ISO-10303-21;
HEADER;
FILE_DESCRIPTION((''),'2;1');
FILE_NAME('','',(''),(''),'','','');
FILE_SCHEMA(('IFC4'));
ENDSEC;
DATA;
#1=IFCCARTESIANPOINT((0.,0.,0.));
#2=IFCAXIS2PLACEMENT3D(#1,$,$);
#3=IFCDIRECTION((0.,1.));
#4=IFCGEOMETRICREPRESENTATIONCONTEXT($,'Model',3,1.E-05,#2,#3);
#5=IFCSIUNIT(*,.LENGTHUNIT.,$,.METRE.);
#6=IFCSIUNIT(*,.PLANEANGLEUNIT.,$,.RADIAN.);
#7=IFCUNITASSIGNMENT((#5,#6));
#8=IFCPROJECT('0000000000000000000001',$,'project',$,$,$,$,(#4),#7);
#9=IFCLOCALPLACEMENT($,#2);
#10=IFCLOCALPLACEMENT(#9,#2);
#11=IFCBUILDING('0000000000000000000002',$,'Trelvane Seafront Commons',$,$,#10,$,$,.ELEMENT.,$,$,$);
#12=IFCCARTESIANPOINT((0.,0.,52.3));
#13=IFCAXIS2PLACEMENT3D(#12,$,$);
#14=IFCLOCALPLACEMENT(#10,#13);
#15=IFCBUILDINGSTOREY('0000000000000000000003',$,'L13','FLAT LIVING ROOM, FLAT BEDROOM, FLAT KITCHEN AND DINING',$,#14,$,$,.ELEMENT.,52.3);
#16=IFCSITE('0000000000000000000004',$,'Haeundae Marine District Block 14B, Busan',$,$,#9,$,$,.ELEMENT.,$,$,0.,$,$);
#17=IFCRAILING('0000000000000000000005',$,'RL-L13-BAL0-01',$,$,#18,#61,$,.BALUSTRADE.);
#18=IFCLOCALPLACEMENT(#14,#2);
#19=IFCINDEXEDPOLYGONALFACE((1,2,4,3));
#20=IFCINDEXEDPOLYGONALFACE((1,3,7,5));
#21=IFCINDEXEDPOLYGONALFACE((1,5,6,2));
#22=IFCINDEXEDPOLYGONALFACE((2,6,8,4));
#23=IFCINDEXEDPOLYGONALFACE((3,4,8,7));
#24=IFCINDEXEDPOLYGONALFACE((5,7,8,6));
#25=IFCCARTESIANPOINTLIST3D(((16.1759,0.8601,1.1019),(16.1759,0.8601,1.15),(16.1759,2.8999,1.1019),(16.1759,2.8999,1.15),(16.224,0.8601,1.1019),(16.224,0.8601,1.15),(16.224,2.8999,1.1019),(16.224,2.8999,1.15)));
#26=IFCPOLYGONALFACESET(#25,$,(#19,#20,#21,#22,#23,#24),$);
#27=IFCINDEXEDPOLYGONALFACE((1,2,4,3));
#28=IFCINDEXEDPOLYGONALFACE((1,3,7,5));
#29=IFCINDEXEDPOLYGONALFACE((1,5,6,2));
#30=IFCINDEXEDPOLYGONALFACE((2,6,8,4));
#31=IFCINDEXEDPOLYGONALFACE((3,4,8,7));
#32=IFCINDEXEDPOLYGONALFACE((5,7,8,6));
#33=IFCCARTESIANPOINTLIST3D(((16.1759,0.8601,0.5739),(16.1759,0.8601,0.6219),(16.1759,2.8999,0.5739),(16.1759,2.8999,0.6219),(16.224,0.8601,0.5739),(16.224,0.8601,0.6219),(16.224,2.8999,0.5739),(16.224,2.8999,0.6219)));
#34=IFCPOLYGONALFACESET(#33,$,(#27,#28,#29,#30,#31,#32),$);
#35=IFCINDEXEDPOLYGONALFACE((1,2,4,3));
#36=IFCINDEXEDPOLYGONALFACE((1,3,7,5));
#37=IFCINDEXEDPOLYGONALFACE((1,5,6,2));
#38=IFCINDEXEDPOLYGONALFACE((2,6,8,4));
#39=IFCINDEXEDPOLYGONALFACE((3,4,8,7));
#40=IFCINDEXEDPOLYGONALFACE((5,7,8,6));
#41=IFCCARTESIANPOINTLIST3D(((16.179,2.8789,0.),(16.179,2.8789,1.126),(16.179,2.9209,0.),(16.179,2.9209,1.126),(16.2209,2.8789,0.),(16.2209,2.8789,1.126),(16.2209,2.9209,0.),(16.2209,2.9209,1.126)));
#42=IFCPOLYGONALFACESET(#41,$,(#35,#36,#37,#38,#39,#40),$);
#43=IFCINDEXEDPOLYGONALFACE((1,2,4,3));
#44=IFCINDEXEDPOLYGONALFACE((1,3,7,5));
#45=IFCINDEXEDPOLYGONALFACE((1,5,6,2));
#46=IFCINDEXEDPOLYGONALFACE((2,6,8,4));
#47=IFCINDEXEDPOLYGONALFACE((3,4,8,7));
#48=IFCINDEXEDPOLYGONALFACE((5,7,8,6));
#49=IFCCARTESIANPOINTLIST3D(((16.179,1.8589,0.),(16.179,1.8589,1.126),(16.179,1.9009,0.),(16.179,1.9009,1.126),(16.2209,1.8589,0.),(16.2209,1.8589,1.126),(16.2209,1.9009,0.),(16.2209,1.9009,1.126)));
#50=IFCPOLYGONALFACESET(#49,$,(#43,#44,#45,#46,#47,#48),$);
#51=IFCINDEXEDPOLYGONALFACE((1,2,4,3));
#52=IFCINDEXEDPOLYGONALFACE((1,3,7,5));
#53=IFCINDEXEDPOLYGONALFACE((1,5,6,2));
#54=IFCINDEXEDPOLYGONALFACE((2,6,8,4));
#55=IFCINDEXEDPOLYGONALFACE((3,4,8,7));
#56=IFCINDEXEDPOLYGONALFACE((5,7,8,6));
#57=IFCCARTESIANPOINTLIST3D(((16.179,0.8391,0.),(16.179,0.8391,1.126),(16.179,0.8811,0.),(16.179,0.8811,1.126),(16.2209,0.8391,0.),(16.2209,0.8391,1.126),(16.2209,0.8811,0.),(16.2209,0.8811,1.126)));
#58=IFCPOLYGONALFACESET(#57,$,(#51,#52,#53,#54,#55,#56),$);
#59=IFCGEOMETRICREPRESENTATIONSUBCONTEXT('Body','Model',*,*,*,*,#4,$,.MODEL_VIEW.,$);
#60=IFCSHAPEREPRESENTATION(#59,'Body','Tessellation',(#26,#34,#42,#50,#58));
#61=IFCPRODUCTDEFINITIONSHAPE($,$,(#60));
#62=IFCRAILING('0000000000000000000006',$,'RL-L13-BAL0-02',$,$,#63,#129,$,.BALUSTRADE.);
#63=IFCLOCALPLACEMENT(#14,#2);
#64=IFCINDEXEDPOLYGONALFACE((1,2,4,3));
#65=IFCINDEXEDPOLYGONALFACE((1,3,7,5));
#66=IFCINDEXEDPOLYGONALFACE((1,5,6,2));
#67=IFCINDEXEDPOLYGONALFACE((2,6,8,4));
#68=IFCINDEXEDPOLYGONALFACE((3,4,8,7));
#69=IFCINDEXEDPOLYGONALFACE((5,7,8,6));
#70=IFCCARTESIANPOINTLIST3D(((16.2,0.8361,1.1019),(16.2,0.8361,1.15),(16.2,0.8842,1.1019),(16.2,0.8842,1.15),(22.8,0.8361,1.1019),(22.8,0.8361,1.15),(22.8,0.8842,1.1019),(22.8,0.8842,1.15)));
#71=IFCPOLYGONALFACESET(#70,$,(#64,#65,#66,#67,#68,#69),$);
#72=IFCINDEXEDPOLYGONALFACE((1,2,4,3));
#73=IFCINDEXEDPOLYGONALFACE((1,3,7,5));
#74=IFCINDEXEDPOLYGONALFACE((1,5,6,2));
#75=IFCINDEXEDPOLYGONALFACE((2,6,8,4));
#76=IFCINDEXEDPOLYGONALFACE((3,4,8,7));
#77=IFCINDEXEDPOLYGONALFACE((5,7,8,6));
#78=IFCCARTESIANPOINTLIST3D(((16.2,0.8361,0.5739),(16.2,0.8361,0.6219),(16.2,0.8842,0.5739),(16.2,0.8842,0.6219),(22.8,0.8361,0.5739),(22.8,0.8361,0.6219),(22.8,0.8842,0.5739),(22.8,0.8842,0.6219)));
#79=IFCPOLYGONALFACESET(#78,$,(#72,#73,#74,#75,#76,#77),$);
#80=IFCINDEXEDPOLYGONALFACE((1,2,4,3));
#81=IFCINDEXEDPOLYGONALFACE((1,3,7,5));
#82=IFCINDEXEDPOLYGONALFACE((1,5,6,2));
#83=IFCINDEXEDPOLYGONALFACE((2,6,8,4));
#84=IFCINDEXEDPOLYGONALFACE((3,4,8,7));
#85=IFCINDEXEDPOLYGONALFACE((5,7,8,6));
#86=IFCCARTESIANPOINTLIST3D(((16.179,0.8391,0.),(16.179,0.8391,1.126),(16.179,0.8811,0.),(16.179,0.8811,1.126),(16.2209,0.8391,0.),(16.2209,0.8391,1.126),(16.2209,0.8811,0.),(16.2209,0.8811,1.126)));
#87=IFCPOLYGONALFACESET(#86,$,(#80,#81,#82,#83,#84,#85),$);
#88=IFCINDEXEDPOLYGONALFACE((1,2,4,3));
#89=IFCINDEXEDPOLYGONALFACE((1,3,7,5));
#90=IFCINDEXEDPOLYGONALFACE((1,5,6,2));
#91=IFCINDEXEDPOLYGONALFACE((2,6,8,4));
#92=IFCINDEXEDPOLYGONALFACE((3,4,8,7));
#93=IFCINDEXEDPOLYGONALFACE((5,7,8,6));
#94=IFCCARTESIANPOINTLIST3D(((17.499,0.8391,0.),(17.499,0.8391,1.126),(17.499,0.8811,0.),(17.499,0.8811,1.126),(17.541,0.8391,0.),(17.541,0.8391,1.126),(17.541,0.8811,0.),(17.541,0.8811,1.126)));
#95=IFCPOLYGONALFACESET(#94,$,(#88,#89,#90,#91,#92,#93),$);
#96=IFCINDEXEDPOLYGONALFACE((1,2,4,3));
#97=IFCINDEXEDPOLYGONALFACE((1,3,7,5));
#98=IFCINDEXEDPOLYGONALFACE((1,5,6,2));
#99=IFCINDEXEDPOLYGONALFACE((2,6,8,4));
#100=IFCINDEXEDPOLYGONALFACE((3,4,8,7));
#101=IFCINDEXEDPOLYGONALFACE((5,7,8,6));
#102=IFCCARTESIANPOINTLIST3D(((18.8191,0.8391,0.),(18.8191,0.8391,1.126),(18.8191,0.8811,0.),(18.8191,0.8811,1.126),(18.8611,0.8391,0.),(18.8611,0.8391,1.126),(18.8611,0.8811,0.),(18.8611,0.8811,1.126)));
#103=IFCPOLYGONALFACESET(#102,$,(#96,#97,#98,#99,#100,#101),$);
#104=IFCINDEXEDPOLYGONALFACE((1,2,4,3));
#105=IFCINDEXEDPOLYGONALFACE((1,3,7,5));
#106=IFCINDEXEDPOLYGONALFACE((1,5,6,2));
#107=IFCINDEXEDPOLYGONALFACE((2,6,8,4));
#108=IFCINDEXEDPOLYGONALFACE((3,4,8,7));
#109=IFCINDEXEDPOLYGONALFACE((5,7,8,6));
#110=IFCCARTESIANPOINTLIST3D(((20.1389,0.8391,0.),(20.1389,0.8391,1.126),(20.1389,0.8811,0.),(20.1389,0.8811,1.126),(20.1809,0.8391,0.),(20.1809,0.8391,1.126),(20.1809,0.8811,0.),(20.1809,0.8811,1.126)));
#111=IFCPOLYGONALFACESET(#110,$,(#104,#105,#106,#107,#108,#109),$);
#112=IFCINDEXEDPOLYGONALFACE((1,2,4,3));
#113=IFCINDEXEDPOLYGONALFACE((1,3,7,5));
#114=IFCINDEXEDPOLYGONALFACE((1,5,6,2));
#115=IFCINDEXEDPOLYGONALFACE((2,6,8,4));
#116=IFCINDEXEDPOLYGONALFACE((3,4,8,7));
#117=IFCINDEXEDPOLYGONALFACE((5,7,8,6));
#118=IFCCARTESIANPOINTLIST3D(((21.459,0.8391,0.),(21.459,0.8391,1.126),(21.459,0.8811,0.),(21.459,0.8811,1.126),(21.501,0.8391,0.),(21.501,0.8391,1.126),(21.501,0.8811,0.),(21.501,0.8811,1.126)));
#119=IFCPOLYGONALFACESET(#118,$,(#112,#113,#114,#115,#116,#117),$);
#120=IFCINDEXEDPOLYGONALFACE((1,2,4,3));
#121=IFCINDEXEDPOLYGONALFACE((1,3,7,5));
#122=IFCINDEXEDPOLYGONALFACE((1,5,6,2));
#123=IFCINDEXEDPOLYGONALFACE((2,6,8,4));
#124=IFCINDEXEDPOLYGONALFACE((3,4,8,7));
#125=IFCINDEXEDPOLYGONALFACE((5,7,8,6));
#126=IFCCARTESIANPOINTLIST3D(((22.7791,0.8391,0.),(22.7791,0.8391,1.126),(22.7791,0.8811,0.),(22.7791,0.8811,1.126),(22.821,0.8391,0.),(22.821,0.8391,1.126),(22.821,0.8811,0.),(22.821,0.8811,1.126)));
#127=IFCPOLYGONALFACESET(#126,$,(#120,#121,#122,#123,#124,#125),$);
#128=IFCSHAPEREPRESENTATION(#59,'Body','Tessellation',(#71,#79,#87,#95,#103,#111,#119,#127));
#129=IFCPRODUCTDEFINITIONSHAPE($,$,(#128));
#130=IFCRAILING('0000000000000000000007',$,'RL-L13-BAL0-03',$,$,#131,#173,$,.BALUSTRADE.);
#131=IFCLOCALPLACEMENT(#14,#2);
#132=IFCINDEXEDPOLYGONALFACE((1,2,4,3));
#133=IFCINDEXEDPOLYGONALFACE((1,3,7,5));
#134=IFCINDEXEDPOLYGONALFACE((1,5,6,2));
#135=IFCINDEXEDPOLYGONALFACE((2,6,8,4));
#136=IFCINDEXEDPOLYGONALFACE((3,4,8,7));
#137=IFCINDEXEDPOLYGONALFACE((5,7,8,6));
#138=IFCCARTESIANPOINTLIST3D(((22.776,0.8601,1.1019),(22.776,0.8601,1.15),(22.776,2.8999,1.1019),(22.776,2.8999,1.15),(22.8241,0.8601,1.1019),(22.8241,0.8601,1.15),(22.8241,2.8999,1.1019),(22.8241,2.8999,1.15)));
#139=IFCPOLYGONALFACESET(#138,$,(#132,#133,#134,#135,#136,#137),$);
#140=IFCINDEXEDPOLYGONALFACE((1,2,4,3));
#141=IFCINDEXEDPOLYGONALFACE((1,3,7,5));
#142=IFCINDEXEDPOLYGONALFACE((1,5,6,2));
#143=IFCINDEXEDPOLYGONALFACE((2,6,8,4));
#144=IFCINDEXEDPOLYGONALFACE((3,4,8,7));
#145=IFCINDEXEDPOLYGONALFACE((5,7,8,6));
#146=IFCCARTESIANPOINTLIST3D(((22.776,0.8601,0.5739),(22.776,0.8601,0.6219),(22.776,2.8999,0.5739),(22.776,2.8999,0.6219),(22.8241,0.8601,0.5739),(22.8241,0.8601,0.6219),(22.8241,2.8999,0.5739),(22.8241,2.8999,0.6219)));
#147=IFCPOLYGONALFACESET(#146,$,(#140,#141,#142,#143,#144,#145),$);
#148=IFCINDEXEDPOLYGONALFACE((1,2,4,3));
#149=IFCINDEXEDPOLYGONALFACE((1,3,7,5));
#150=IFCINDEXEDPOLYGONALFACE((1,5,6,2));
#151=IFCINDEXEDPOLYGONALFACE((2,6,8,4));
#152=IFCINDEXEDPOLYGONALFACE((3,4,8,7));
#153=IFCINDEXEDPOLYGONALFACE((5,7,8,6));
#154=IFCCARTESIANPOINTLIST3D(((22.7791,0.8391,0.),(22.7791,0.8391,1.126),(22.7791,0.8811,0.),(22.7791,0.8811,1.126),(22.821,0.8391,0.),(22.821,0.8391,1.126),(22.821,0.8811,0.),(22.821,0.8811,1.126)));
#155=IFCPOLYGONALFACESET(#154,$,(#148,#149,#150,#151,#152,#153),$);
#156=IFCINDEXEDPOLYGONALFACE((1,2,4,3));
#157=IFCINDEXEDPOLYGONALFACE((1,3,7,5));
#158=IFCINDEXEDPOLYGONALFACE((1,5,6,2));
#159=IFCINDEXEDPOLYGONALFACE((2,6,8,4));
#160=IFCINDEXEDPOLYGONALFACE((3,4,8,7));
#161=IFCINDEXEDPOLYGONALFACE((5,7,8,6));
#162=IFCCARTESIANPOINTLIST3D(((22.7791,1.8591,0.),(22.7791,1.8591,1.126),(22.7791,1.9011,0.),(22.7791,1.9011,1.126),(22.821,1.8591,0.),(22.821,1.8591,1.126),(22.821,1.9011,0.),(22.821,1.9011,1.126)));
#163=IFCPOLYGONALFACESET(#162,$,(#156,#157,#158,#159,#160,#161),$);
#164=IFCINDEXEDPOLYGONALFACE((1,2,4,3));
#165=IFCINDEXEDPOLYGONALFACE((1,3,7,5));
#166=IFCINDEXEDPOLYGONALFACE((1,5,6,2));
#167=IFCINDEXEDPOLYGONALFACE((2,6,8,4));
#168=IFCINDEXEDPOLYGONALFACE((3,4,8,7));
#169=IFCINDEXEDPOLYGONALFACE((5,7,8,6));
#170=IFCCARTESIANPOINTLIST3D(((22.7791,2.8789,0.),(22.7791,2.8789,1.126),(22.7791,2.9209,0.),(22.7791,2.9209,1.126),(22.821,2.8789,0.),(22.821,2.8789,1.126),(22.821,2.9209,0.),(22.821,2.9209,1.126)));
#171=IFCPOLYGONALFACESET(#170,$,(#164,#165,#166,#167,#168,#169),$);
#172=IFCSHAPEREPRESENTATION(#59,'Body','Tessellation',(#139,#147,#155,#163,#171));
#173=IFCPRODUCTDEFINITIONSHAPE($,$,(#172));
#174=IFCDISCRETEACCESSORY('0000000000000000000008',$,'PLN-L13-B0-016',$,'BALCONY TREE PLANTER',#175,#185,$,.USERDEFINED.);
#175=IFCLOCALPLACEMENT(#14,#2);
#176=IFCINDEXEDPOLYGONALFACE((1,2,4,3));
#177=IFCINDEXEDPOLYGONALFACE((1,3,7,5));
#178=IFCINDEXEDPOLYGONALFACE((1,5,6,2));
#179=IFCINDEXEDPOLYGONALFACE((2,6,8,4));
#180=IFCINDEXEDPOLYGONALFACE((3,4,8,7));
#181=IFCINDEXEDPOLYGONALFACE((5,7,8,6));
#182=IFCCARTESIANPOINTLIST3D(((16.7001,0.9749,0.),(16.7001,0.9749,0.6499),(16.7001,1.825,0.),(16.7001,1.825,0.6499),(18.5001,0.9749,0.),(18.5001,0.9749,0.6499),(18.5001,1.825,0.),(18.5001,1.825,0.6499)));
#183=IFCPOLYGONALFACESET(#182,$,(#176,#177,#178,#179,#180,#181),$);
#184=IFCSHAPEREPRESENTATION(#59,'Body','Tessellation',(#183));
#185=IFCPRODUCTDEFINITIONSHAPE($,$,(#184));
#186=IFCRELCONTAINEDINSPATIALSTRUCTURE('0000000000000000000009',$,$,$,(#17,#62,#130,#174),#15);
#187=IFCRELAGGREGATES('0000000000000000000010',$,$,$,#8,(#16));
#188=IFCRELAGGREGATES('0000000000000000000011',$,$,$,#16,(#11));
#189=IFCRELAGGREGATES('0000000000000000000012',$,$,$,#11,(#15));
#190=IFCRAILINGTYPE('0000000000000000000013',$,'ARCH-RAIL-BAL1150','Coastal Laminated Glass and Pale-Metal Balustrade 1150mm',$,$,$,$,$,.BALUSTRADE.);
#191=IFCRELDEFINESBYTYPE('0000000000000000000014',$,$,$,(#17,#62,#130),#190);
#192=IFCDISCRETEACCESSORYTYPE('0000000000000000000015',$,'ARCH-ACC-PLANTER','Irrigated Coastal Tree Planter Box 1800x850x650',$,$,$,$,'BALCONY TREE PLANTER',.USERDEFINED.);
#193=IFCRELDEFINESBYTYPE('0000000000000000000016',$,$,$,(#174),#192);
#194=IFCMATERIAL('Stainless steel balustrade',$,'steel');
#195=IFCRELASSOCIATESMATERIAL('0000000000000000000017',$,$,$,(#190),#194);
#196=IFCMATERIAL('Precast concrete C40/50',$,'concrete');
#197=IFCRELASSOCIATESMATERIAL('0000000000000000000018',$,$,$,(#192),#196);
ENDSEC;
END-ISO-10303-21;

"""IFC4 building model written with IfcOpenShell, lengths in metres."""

from ifc_helpers import new_model, si_unit, direction, frame, origin, origin_2d, place, context, subcontext, project, spatial, rectangle, extrude, source, transform, mapped, material, type_object, element, save


model = new_model("IFC4")

# Units and contexts
model_context = context("Model", 3, precision=1e-05, world=origin(), true_north=direction((0.0, 1.0)))
body_context = subcontext(model_context, "Body", "Model", "MODEL_VIEW")
ifc_project = project(units=[si_unit("LENGTHUNIT", "METRE"), si_unit("PLANEANGLEUNIT", "RADIAN")], contexts=[model_context])

# Site, building, storey
site_placement = place(None, origin())
site = spatial("IfcSite", under=ifc_project, at=site_placement, Name="Haeundae Marine District Block 14B, Busan", CompositionType="ELEMENT", RefElevation=0.0)
building_placement = place(site_placement, origin())
building = spatial("IfcBuilding", under=site, at=building_placement, Name="Trelvane Seafront Commons", CompositionType="ELEMENT")
storey_placement = place(building_placement, frame((0.0, 0.0, 52.3)))
storey = spatial("IfcBuildingStorey", under=building, at=storey_placement, Name="L13", Description="FLAT LIVING ROOM, FLAT BEDROOM, FLAT KITCHEN AND DINING", CompositionType="ELEMENT", Elevation=52.3)

# Railings
ifc_material_1 = material(Name="Stainless steel balustrade", Category="steel")
railing_type = type_object("IfcRailingType", Name="ARCH-RAIL-BAL1150", Description="Coastal Laminated Glass and Pale-Metal Balustrade 1150mm", PredefinedType="BALUSTRADE", material=ifc_material_1)
railing_1_placement = place(storey_placement, frame((16.2, 2.8999, 0.0)))
element("IfcRailing", 1, at=railing_1_placement, inside=storey, type_object=railing_type, Name="RL-L13-BAL0-01", PredefinedType="BALUSTRADE", context=body_context, shape_type="SweptSolid", body=[
    extrude(rectangle(XDim=0.0481, YDim=0.0481, at=origin_2d()), frame((0.0, 0.0, 1.126), z_axis=(0.0, -1.0, 0.0), x_axis=(1.0, 0.0, 0.0)), (0.0, 0.0, 1.0), 2.0398),
    extrude(rectangle(XDim=0.0481, YDim=0.0481, at=origin_2d()), frame((0.0, 0.0, 0.5979), z_axis=(0.0, -1.0, 0.0), x_axis=(1.0, 0.0, 0.0)), (0.0, 0.0, 1.0), 2.0398),
    extrude(rectangle(XDim=0.042, YDim=0.042, at=origin_2d()), origin(), (0.0, 0.0, 1.0), 1.126),
    extrude(rectangle(XDim=0.042, YDim=0.042, at=origin_2d()), frame((0.0, -1.02, 0.0)), (0.0, 0.0, 1.0), 1.126),
    extrude(rectangle(XDim=0.042, YDim=0.042, at=origin_2d()), frame((0.0, -2.0398, 0.0)), (0.0, 0.0, 1.0), 1.126),
])
railing_2_placement = place(storey_placement, frame((16.2, 0.8601, 0.0)))
element("IfcRailing", 2, at=railing_2_placement, inside=storey, type_object=railing_type, Name="RL-L13-BAL0-02", PredefinedType="BALUSTRADE", context=body_context, shape_type="SweptSolid", body=[
    extrude(rectangle(XDim=0.0481, YDim=0.0481, at=origin_2d()), frame((0.0, 0.0, 1.126), z_axis=(1.0, 0.0, 0.0), x_axis=(0.0, 1.0, 0.0)), (0.0, 0.0, 1.0), 6.6001),
    extrude(rectangle(XDim=0.0481, YDim=0.0481, at=origin_2d()), frame((0.0, 0.0, 0.5979), z_axis=(1.0, 0.0, 0.0), x_axis=(0.0, 1.0, 0.0)), (0.0, 0.0, 1.0), 6.6001),
    extrude(rectangle(XDim=0.042, YDim=0.042, at=origin_2d()), origin(), (0.0, 0.0, 1.0), 1.126),
    extrude(rectangle(XDim=0.042, YDim=0.042, at=origin_2d()), frame((1.3201, 0.0, 0.0)), (0.0, 0.0, 1.0), 1.126),
    extrude(rectangle(XDim=0.042, YDim=0.042, at=origin_2d()), frame((2.6401, 0.0, 0.0)), (0.0, 0.0, 1.0), 1.126),
    extrude(rectangle(XDim=0.042, YDim=0.042, at=origin_2d()), frame((3.96, 0.0, 0.0)), (0.0, 0.0, 1.0), 1.126),
    extrude(rectangle(XDim=0.042, YDim=0.042, at=origin_2d()), frame((5.28, 0.0, 0.0)), (0.0, 0.0, 1.0), 1.126),
    extrude(rectangle(XDim=0.042, YDim=0.042, at=origin_2d()), frame((6.6001, 0.0, 0.0)), (0.0, 0.0, 1.0), 1.126),
])
railing_3_placement = place(storey_placement, frame((22.8, 0.8601, 0.0)))
element("IfcRailing", 3, at=railing_3_placement, inside=storey, type_object=railing_type, Name="RL-L13-BAL0-03", PredefinedType="BALUSTRADE", context=body_context, shape_type="SweptSolid", body=[
    extrude(rectangle(XDim=0.0481, YDim=0.0481, at=origin_2d()), frame((0.0, 0.0, 1.126), z_axis=(0.0, 1.0, 0.0), x_axis=(-1.0, 0.0, 0.0)), (0.0, 0.0, 1.0), 2.0398),
    extrude(rectangle(XDim=0.0481, YDim=0.0481, at=origin_2d()), frame((0.0, 0.0, 0.5979), z_axis=(0.0, 1.0, 0.0), x_axis=(-1.0, 0.0, 0.0)), (0.0, 0.0, 1.0), 2.0398),
    extrude(rectangle(XDim=0.042, YDim=0.042, at=origin_2d()), origin(), (0.0, 0.0, 1.0), 1.126),
    extrude(rectangle(XDim=0.042, YDim=0.042, at=origin_2d()), frame((0.0, 1.02, 0.0)), (0.0, 0.0, 1.0), 1.126),
    extrude(rectangle(XDim=0.042, YDim=0.042, at=origin_2d()), frame((0.0, 2.0398, 0.0)), (0.0, 0.0, 1.0), 1.126),
])

# Discrete accessory
ifc_material_2 = material(Name="Precast concrete C40/50", Category="concrete")
discrete_accessory_type = type_object("IfcDiscreteAccessoryType", Name="ARCH-ACC-PLANTER", Description="Irrigated Coastal Tree Planter Box 1800x850x650", ElementType="BALCONY TREE PLANTER", PredefinedType="USERDEFINED", material=ifc_material_2)
shared_shape_1 = source(origin(), body_context, "Body", "SweptSolid", [
    extrude(rectangle(XDim=1.8, YDim=0.8501, at=origin_2d()), origin(), (0.0, 0.0, 1.0), 0.6499),
])
discrete_accessory_placement = place(storey_placement, frame((17.6001, 1.3999, 0.0), z_axis=(0.0, 0.0, 1.0), x_axis=(1.0, 0.0, 0.0)))
element("IfcDiscreteAccessory", 4, at=discrete_accessory_placement, inside=storey, type_object=discrete_accessory_type, Name="PLN-L13-B0-016", ObjectType="BALCONY TREE PLANTER", PredefinedType="USERDEFINED", context=body_context, shape_type="MappedRepresentation", body=[
    mapped(shared_shape_1, transform((0.0, 0.0, 0.0), x_axis=(1.0, 0.0, 0.0), y_axis=(0.0, 1.0, 0.0), z_axis=(0.0, 0.0, 1.0), scale=1.0)),
])

save(model, "model.ifc")
